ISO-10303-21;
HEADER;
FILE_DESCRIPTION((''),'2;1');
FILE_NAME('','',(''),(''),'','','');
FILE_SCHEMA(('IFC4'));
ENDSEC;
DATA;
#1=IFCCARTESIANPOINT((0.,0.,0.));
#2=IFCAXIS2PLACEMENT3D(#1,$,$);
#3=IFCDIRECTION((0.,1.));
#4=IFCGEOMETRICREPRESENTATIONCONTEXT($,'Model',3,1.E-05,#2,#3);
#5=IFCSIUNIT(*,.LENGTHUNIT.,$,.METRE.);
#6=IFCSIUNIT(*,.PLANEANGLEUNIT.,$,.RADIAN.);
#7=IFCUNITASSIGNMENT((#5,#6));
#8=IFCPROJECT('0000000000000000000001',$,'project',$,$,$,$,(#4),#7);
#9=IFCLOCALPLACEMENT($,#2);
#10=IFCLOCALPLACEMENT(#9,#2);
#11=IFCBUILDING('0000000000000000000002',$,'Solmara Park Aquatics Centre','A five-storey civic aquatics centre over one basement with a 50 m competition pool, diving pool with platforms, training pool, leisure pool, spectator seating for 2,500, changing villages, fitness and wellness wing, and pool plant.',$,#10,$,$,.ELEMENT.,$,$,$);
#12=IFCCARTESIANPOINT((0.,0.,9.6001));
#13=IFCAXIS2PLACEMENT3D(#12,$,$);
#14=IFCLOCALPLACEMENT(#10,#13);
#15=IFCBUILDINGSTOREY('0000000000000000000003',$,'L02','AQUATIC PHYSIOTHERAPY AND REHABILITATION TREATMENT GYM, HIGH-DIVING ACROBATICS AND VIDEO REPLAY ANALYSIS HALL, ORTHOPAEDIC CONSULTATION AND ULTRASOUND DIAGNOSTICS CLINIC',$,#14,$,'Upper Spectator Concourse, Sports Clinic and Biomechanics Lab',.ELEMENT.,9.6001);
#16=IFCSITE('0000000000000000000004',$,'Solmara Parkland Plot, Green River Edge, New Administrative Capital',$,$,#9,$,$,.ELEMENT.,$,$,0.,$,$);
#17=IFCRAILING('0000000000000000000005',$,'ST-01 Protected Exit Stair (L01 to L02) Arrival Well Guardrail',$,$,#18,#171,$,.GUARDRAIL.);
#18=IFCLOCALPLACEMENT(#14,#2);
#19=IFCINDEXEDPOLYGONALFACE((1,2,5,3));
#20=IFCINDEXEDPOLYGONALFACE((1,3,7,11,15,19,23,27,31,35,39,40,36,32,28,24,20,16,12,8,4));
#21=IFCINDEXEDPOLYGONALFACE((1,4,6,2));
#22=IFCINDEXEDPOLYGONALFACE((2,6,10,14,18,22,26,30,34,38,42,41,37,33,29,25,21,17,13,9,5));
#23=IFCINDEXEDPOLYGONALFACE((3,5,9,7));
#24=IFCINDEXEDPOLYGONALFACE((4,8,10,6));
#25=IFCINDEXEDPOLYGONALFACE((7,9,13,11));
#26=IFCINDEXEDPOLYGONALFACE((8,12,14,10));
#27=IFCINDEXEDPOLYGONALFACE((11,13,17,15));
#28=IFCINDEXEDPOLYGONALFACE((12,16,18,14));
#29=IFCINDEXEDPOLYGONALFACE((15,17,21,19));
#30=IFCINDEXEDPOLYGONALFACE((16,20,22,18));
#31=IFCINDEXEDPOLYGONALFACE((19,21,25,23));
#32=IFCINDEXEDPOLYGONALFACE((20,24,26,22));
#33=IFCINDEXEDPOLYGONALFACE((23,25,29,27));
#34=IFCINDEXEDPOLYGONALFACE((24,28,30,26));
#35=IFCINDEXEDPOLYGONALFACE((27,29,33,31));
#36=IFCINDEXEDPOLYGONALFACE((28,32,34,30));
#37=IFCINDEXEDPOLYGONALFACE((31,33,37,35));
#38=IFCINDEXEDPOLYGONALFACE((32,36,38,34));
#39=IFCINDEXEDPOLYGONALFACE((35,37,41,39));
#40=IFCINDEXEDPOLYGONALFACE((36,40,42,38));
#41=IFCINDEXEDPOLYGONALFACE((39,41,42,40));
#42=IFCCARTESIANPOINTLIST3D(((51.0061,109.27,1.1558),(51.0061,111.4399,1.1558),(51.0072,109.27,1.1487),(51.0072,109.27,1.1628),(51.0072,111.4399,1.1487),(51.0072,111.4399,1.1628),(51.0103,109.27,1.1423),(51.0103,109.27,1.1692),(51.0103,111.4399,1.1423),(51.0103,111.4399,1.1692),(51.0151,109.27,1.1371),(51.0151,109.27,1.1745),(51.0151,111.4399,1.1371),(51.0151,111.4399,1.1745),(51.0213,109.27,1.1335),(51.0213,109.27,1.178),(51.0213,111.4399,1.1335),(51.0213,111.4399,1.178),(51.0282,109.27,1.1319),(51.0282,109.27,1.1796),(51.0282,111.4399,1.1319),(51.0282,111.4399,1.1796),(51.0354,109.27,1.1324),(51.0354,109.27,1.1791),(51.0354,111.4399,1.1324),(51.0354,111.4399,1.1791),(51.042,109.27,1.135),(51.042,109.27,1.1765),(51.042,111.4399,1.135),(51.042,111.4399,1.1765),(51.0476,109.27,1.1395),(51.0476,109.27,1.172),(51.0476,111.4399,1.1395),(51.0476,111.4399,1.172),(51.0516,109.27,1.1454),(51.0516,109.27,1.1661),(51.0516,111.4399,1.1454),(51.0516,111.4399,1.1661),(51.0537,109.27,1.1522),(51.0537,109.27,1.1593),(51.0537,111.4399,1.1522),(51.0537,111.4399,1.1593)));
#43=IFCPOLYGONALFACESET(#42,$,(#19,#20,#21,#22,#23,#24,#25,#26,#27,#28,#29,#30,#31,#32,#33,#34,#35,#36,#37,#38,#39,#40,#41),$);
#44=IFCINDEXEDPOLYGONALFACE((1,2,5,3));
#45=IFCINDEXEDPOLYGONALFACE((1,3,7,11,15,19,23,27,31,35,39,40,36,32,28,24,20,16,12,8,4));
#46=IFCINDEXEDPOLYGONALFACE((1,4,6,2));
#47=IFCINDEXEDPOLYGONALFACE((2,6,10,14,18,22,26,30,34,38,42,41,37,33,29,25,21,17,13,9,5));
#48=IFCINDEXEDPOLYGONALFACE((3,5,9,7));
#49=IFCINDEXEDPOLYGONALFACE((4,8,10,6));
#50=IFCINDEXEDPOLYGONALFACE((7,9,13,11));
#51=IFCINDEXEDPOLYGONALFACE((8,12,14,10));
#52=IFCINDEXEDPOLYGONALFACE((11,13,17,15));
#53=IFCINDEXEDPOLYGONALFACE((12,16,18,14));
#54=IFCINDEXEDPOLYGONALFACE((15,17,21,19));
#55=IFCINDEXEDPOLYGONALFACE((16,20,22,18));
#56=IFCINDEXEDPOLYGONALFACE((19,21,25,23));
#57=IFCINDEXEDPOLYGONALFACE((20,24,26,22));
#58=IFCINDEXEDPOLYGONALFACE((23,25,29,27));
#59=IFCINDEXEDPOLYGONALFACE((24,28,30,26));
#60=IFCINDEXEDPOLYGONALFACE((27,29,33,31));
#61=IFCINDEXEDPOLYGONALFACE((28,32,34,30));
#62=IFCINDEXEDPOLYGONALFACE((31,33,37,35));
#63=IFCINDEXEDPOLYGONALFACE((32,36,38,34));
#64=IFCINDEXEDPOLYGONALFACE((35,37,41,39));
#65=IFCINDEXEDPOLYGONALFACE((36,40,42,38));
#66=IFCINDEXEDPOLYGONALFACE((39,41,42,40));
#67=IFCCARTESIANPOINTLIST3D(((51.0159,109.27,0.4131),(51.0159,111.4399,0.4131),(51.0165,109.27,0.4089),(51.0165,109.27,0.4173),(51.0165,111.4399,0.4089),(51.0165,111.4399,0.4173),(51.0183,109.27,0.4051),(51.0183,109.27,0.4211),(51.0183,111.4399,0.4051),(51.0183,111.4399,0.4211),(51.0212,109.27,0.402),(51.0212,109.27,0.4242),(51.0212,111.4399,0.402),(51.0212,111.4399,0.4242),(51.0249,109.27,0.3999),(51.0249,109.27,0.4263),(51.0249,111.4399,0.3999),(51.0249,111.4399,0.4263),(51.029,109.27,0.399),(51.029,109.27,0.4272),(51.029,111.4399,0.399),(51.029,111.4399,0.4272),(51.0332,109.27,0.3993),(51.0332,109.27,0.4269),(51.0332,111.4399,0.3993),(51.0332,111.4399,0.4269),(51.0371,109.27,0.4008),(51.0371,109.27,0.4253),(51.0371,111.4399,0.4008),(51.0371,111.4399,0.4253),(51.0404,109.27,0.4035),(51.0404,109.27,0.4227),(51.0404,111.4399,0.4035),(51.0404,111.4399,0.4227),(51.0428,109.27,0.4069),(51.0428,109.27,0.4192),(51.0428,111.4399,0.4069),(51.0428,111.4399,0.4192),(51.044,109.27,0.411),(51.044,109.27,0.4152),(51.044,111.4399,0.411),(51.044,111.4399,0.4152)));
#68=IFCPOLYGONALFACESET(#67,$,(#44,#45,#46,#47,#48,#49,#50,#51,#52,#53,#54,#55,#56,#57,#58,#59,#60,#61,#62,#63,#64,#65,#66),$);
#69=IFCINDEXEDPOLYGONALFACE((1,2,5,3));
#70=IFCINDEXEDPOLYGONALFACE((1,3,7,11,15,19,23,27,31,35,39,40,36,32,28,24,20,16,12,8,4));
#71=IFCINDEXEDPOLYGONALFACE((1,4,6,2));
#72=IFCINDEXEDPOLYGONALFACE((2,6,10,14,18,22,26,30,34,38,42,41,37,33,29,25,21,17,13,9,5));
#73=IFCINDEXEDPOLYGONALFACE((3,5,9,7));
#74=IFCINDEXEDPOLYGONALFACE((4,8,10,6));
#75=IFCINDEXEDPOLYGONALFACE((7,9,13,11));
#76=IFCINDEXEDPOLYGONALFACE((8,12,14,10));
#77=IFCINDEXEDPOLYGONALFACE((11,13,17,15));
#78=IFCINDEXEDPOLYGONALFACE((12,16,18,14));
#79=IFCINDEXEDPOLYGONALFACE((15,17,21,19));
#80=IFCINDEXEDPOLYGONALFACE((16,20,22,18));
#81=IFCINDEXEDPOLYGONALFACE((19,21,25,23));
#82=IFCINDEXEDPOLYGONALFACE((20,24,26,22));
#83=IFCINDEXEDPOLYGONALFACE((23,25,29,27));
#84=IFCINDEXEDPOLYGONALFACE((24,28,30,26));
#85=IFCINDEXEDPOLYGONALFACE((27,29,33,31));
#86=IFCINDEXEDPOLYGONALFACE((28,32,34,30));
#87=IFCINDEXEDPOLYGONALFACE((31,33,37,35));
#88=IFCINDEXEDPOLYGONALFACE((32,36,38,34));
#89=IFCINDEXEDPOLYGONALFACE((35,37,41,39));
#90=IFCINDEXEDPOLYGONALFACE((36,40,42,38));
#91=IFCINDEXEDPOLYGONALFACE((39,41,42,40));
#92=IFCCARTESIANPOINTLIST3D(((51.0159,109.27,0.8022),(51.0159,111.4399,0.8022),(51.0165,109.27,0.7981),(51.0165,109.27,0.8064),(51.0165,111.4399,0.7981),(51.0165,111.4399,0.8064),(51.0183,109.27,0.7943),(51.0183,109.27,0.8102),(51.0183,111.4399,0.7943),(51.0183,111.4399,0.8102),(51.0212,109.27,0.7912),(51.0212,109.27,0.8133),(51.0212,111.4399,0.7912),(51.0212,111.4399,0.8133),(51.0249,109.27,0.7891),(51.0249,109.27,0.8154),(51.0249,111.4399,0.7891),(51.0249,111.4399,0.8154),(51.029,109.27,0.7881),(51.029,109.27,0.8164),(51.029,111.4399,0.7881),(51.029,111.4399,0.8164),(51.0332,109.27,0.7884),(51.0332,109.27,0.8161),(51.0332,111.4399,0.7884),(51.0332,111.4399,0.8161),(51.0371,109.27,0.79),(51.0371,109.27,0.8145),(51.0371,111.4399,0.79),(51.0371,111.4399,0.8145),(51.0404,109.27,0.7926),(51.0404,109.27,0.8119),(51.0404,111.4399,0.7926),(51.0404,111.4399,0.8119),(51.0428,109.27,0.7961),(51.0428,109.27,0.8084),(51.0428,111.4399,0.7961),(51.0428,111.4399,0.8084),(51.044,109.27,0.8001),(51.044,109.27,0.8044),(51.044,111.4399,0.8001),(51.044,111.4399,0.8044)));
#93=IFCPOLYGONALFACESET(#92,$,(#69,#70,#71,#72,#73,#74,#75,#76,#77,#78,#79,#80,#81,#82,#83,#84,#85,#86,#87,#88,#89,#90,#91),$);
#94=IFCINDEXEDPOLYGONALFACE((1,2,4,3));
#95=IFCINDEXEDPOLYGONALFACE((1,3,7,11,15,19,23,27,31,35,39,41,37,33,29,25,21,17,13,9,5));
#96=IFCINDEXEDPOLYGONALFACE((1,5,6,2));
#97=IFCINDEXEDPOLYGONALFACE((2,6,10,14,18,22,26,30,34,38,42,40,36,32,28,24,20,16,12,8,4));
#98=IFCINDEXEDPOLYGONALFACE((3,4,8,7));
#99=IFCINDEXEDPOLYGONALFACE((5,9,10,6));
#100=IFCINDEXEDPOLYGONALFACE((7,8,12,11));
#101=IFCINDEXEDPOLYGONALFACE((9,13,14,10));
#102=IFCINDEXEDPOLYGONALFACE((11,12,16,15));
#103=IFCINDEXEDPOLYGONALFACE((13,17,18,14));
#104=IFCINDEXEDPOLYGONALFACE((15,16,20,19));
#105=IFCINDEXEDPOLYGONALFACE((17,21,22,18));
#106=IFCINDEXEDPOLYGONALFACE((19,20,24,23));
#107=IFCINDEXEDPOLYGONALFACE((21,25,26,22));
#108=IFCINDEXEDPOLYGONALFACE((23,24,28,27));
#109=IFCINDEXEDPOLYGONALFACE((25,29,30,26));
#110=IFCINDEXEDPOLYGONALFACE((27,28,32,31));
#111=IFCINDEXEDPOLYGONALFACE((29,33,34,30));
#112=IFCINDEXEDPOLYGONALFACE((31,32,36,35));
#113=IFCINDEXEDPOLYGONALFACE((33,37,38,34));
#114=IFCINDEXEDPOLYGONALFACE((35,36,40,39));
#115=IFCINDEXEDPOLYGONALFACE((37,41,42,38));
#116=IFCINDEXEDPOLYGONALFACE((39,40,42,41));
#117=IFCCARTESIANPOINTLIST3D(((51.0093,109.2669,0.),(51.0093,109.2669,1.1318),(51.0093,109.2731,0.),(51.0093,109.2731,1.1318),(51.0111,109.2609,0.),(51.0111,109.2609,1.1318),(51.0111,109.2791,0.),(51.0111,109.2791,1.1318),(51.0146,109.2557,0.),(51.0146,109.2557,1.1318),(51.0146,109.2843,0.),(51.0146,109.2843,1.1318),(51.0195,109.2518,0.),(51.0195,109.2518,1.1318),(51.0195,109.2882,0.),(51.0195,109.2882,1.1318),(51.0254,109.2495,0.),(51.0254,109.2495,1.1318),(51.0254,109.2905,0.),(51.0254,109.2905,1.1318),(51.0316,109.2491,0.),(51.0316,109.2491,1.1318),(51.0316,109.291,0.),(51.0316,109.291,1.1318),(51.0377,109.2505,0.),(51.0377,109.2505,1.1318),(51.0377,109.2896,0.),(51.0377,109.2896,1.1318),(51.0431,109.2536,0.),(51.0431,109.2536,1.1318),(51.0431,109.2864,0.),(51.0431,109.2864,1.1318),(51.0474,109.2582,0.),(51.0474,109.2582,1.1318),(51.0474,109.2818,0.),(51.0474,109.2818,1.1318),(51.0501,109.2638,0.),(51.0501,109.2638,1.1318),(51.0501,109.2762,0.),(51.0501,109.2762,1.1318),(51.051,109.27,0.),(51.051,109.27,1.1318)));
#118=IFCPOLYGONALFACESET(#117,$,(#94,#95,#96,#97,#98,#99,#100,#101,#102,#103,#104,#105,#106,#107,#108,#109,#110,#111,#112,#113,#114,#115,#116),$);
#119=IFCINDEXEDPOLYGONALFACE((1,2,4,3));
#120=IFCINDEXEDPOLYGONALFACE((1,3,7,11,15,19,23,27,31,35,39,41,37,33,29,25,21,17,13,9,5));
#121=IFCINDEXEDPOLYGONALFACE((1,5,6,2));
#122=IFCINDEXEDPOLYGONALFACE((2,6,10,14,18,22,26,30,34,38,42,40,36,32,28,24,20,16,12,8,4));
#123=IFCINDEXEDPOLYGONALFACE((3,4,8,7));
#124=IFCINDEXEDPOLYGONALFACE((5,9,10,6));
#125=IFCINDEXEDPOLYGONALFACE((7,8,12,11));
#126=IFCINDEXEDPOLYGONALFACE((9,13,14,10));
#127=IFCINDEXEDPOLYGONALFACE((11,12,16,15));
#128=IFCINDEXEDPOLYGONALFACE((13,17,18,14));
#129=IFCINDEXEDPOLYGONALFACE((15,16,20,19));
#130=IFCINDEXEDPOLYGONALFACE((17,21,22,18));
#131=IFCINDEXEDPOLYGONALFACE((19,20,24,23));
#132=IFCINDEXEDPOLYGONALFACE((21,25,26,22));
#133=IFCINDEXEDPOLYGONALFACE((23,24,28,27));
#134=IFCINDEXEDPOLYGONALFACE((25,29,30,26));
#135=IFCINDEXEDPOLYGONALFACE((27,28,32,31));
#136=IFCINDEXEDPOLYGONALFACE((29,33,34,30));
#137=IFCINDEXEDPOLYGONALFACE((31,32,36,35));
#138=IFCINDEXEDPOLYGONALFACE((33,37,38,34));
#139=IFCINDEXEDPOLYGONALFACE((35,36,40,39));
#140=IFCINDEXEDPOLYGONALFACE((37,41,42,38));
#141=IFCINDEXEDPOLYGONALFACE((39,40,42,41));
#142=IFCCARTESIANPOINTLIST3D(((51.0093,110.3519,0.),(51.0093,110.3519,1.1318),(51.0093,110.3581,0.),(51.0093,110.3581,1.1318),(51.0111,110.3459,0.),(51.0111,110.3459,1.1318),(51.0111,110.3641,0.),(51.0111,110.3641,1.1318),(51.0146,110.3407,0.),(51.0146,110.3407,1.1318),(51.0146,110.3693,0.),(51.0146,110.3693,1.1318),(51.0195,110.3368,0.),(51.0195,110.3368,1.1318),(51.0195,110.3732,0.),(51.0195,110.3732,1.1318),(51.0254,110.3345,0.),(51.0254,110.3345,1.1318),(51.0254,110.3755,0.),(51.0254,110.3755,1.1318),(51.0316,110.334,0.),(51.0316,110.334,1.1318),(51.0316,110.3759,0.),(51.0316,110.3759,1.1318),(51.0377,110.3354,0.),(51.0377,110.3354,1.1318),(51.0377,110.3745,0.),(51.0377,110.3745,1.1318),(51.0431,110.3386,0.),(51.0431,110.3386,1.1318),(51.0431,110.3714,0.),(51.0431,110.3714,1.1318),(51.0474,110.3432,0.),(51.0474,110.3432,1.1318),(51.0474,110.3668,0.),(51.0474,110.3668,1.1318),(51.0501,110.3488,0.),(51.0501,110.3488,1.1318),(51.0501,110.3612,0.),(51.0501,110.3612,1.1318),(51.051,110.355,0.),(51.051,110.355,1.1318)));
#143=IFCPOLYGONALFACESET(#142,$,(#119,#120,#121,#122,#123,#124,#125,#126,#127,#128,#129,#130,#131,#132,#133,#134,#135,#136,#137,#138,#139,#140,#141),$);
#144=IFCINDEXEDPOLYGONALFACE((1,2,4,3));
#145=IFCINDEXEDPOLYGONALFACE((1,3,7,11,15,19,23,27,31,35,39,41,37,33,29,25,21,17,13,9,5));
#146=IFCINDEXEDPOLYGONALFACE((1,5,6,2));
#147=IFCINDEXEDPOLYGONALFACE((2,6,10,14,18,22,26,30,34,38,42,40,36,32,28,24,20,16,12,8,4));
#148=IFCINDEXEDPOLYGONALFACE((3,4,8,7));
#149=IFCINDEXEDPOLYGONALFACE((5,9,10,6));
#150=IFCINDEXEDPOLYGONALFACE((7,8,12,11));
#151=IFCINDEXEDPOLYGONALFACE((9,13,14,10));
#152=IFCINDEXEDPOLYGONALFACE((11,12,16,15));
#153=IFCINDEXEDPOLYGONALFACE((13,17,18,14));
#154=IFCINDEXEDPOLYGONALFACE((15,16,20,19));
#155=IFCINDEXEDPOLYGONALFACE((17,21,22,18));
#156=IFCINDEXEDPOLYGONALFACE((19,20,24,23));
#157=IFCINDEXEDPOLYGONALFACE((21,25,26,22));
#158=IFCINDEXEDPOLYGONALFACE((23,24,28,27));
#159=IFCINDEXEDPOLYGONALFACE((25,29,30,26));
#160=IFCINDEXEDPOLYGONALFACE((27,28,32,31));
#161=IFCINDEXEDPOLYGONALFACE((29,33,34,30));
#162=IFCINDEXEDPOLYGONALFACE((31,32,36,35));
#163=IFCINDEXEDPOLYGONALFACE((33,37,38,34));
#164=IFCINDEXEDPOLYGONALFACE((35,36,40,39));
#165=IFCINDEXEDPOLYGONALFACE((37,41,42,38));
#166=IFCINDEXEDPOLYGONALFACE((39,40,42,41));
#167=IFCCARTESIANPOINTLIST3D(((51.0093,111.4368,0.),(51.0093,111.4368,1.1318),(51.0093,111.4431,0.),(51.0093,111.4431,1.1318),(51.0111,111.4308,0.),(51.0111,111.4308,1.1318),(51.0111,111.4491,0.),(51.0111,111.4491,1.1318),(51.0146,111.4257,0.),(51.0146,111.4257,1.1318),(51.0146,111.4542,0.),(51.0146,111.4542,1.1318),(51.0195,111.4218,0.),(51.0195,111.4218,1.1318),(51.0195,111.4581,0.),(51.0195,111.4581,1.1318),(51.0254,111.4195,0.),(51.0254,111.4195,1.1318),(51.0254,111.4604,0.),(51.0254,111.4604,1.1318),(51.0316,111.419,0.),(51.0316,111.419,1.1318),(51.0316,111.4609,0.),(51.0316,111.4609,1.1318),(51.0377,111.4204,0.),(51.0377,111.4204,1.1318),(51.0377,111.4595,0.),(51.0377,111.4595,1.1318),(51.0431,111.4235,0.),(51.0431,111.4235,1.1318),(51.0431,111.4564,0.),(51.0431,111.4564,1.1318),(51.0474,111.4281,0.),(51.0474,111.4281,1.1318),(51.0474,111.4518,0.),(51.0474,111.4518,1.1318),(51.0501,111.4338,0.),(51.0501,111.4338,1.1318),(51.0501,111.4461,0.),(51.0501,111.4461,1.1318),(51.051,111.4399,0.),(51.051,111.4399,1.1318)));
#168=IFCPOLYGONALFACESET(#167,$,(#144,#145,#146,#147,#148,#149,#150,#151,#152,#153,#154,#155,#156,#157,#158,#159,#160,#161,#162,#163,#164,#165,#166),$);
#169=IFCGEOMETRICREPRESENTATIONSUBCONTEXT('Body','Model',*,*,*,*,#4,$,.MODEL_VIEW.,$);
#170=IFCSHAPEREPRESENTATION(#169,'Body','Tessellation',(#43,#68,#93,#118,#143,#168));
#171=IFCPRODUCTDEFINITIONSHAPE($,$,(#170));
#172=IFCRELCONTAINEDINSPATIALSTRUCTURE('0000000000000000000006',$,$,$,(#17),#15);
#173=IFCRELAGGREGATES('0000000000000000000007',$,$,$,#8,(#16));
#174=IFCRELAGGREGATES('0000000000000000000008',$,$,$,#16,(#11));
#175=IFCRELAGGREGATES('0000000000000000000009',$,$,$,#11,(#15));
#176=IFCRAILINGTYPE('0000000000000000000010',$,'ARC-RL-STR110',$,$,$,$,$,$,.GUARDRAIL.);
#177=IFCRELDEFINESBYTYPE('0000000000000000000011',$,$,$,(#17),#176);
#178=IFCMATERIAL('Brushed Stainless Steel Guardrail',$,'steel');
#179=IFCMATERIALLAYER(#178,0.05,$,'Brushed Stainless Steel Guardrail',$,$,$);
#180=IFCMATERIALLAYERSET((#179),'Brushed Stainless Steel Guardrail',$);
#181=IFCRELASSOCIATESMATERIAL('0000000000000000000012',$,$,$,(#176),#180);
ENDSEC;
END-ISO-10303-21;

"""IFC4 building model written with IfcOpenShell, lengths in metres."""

from ifc_helpers import new_model, si_unit, direction, frame, origin, origin_2d, place, context, subcontext, project, spatial, circle, extrude, material, layer, layer_set, type_object, element, save


model = new_model("IFC4")

# Units and contexts
model_context = context("Model", 3, precision=1e-05, world=origin(), true_north=direction((0.0, 1.0)))
body_context = subcontext(model_context, "Body", "Model", "MODEL_VIEW")
ifc_project = project(units=[si_unit("LENGTHUNIT", "METRE"), si_unit("PLANEANGLEUNIT", "RADIAN")], contexts=[model_context])

# Site, building, storey
site_placement = place(None, origin())
site = spatial("IfcSite", under=ifc_project, at=site_placement, Name="Solmara Parkland Plot, Green River Edge, New Administrative Capital", CompositionType="ELEMENT", RefElevation=0.0)
building_placement = place(site_placement, origin())
building = spatial("IfcBuilding", under=site, at=building_placement, Name="Solmara Park Aquatics Centre", Description="A five-storey civic aquatics centre over one basement with a 50 m competition pool, diving pool with platforms, training pool, leisure pool, spectator seating for 2,500, changing villages, fitness and wellness wing, and pool plant.", CompositionType="ELEMENT")
storey_placement = place(building_placement, frame((0.0, 0.0, 9.6001)))
storey = spatial("IfcBuildingStorey", under=building, at=storey_placement, Name="L02", Description="AQUATIC PHYSIOTHERAPY AND REHABILITATION TREATMENT GYM, HIGH-DIVING ACROBATICS AND VIDEO REPLAY ANALYSIS HALL, ORTHOPAEDIC CONSULTATION AND ULTRASOUND DIAGNOSTICS CLINIC", LongName="Upper Spectator Concourse, Sports Clinic and Biomechanics Lab", CompositionType="ELEMENT", Elevation=9.6001)

# Railing
ifc_material_1 = material(Name="Brushed Stainless Steel Guardrail", Category="steel")
ifc_layer_1 = layer(ifc_material_1, 0.05, Name="Brushed Stainless Steel Guardrail")
ifc_layer_set_1 = layer_set([ifc_layer_1], Name="Brushed Stainless Steel Guardrail")
railing_type_1 = type_object("IfcRailingType", Name="ARC-RL-STR110", PredefinedType="GUARDRAIL", material=ifc_layer_set_1)
railing_1_placement = place(storey_placement, frame((51.03, 109.27, 0.0)))
element("IfcRailing", 1, at=railing_1_placement, inside=storey, type_object=railing_type_1, Name="ST-01 Protected Exit Stair (L01 to L02) Arrival Well Guardrail", PredefinedType="GUARDRAIL", context=body_context, shape_type="SweptSolid", body=[
    extrude(circle(Radius=0.0239, at=origin_2d()), frame((0.0, 0.0, 1.1558), z_axis=(0.0, 1.0, 0.0), x_axis=(-1.0, 0.0, 0.0)), (0.0, 0.0, 1.0), 2.1699),
    extrude(circle(Radius=0.0142, at=origin_2d()), frame((0.0, 0.0, 0.4131), z_axis=(0.0, 1.0, 0.0), x_axis=(-1.0, 0.0, 0.0)), (0.0, 0.0, 1.0), 2.1699),
    extrude(circle(Radius=0.0142, at=origin_2d()), frame((0.0, 0.0, 0.8022), z_axis=(0.0, 1.0, 0.0), x_axis=(-1.0, 0.0, 0.0)), (0.0, 0.0, 1.0), 2.1699),
    extrude(circle(Radius=0.021, at=origin_2d()), origin(), (0.0, 0.0, 1.0), 1.1318),
    extrude(circle(Radius=0.021, at=origin_2d()), frame((0.0, 1.085, 0.0)), (0.0, 0.0, 1.0), 1.1318),
    extrude(circle(Radius=0.021, at=origin_2d()), frame((0.0, 2.1699, 0.0)), (0.0, 0.0, 1.0), 1.1318),
])

save(model, "model.ifc")
